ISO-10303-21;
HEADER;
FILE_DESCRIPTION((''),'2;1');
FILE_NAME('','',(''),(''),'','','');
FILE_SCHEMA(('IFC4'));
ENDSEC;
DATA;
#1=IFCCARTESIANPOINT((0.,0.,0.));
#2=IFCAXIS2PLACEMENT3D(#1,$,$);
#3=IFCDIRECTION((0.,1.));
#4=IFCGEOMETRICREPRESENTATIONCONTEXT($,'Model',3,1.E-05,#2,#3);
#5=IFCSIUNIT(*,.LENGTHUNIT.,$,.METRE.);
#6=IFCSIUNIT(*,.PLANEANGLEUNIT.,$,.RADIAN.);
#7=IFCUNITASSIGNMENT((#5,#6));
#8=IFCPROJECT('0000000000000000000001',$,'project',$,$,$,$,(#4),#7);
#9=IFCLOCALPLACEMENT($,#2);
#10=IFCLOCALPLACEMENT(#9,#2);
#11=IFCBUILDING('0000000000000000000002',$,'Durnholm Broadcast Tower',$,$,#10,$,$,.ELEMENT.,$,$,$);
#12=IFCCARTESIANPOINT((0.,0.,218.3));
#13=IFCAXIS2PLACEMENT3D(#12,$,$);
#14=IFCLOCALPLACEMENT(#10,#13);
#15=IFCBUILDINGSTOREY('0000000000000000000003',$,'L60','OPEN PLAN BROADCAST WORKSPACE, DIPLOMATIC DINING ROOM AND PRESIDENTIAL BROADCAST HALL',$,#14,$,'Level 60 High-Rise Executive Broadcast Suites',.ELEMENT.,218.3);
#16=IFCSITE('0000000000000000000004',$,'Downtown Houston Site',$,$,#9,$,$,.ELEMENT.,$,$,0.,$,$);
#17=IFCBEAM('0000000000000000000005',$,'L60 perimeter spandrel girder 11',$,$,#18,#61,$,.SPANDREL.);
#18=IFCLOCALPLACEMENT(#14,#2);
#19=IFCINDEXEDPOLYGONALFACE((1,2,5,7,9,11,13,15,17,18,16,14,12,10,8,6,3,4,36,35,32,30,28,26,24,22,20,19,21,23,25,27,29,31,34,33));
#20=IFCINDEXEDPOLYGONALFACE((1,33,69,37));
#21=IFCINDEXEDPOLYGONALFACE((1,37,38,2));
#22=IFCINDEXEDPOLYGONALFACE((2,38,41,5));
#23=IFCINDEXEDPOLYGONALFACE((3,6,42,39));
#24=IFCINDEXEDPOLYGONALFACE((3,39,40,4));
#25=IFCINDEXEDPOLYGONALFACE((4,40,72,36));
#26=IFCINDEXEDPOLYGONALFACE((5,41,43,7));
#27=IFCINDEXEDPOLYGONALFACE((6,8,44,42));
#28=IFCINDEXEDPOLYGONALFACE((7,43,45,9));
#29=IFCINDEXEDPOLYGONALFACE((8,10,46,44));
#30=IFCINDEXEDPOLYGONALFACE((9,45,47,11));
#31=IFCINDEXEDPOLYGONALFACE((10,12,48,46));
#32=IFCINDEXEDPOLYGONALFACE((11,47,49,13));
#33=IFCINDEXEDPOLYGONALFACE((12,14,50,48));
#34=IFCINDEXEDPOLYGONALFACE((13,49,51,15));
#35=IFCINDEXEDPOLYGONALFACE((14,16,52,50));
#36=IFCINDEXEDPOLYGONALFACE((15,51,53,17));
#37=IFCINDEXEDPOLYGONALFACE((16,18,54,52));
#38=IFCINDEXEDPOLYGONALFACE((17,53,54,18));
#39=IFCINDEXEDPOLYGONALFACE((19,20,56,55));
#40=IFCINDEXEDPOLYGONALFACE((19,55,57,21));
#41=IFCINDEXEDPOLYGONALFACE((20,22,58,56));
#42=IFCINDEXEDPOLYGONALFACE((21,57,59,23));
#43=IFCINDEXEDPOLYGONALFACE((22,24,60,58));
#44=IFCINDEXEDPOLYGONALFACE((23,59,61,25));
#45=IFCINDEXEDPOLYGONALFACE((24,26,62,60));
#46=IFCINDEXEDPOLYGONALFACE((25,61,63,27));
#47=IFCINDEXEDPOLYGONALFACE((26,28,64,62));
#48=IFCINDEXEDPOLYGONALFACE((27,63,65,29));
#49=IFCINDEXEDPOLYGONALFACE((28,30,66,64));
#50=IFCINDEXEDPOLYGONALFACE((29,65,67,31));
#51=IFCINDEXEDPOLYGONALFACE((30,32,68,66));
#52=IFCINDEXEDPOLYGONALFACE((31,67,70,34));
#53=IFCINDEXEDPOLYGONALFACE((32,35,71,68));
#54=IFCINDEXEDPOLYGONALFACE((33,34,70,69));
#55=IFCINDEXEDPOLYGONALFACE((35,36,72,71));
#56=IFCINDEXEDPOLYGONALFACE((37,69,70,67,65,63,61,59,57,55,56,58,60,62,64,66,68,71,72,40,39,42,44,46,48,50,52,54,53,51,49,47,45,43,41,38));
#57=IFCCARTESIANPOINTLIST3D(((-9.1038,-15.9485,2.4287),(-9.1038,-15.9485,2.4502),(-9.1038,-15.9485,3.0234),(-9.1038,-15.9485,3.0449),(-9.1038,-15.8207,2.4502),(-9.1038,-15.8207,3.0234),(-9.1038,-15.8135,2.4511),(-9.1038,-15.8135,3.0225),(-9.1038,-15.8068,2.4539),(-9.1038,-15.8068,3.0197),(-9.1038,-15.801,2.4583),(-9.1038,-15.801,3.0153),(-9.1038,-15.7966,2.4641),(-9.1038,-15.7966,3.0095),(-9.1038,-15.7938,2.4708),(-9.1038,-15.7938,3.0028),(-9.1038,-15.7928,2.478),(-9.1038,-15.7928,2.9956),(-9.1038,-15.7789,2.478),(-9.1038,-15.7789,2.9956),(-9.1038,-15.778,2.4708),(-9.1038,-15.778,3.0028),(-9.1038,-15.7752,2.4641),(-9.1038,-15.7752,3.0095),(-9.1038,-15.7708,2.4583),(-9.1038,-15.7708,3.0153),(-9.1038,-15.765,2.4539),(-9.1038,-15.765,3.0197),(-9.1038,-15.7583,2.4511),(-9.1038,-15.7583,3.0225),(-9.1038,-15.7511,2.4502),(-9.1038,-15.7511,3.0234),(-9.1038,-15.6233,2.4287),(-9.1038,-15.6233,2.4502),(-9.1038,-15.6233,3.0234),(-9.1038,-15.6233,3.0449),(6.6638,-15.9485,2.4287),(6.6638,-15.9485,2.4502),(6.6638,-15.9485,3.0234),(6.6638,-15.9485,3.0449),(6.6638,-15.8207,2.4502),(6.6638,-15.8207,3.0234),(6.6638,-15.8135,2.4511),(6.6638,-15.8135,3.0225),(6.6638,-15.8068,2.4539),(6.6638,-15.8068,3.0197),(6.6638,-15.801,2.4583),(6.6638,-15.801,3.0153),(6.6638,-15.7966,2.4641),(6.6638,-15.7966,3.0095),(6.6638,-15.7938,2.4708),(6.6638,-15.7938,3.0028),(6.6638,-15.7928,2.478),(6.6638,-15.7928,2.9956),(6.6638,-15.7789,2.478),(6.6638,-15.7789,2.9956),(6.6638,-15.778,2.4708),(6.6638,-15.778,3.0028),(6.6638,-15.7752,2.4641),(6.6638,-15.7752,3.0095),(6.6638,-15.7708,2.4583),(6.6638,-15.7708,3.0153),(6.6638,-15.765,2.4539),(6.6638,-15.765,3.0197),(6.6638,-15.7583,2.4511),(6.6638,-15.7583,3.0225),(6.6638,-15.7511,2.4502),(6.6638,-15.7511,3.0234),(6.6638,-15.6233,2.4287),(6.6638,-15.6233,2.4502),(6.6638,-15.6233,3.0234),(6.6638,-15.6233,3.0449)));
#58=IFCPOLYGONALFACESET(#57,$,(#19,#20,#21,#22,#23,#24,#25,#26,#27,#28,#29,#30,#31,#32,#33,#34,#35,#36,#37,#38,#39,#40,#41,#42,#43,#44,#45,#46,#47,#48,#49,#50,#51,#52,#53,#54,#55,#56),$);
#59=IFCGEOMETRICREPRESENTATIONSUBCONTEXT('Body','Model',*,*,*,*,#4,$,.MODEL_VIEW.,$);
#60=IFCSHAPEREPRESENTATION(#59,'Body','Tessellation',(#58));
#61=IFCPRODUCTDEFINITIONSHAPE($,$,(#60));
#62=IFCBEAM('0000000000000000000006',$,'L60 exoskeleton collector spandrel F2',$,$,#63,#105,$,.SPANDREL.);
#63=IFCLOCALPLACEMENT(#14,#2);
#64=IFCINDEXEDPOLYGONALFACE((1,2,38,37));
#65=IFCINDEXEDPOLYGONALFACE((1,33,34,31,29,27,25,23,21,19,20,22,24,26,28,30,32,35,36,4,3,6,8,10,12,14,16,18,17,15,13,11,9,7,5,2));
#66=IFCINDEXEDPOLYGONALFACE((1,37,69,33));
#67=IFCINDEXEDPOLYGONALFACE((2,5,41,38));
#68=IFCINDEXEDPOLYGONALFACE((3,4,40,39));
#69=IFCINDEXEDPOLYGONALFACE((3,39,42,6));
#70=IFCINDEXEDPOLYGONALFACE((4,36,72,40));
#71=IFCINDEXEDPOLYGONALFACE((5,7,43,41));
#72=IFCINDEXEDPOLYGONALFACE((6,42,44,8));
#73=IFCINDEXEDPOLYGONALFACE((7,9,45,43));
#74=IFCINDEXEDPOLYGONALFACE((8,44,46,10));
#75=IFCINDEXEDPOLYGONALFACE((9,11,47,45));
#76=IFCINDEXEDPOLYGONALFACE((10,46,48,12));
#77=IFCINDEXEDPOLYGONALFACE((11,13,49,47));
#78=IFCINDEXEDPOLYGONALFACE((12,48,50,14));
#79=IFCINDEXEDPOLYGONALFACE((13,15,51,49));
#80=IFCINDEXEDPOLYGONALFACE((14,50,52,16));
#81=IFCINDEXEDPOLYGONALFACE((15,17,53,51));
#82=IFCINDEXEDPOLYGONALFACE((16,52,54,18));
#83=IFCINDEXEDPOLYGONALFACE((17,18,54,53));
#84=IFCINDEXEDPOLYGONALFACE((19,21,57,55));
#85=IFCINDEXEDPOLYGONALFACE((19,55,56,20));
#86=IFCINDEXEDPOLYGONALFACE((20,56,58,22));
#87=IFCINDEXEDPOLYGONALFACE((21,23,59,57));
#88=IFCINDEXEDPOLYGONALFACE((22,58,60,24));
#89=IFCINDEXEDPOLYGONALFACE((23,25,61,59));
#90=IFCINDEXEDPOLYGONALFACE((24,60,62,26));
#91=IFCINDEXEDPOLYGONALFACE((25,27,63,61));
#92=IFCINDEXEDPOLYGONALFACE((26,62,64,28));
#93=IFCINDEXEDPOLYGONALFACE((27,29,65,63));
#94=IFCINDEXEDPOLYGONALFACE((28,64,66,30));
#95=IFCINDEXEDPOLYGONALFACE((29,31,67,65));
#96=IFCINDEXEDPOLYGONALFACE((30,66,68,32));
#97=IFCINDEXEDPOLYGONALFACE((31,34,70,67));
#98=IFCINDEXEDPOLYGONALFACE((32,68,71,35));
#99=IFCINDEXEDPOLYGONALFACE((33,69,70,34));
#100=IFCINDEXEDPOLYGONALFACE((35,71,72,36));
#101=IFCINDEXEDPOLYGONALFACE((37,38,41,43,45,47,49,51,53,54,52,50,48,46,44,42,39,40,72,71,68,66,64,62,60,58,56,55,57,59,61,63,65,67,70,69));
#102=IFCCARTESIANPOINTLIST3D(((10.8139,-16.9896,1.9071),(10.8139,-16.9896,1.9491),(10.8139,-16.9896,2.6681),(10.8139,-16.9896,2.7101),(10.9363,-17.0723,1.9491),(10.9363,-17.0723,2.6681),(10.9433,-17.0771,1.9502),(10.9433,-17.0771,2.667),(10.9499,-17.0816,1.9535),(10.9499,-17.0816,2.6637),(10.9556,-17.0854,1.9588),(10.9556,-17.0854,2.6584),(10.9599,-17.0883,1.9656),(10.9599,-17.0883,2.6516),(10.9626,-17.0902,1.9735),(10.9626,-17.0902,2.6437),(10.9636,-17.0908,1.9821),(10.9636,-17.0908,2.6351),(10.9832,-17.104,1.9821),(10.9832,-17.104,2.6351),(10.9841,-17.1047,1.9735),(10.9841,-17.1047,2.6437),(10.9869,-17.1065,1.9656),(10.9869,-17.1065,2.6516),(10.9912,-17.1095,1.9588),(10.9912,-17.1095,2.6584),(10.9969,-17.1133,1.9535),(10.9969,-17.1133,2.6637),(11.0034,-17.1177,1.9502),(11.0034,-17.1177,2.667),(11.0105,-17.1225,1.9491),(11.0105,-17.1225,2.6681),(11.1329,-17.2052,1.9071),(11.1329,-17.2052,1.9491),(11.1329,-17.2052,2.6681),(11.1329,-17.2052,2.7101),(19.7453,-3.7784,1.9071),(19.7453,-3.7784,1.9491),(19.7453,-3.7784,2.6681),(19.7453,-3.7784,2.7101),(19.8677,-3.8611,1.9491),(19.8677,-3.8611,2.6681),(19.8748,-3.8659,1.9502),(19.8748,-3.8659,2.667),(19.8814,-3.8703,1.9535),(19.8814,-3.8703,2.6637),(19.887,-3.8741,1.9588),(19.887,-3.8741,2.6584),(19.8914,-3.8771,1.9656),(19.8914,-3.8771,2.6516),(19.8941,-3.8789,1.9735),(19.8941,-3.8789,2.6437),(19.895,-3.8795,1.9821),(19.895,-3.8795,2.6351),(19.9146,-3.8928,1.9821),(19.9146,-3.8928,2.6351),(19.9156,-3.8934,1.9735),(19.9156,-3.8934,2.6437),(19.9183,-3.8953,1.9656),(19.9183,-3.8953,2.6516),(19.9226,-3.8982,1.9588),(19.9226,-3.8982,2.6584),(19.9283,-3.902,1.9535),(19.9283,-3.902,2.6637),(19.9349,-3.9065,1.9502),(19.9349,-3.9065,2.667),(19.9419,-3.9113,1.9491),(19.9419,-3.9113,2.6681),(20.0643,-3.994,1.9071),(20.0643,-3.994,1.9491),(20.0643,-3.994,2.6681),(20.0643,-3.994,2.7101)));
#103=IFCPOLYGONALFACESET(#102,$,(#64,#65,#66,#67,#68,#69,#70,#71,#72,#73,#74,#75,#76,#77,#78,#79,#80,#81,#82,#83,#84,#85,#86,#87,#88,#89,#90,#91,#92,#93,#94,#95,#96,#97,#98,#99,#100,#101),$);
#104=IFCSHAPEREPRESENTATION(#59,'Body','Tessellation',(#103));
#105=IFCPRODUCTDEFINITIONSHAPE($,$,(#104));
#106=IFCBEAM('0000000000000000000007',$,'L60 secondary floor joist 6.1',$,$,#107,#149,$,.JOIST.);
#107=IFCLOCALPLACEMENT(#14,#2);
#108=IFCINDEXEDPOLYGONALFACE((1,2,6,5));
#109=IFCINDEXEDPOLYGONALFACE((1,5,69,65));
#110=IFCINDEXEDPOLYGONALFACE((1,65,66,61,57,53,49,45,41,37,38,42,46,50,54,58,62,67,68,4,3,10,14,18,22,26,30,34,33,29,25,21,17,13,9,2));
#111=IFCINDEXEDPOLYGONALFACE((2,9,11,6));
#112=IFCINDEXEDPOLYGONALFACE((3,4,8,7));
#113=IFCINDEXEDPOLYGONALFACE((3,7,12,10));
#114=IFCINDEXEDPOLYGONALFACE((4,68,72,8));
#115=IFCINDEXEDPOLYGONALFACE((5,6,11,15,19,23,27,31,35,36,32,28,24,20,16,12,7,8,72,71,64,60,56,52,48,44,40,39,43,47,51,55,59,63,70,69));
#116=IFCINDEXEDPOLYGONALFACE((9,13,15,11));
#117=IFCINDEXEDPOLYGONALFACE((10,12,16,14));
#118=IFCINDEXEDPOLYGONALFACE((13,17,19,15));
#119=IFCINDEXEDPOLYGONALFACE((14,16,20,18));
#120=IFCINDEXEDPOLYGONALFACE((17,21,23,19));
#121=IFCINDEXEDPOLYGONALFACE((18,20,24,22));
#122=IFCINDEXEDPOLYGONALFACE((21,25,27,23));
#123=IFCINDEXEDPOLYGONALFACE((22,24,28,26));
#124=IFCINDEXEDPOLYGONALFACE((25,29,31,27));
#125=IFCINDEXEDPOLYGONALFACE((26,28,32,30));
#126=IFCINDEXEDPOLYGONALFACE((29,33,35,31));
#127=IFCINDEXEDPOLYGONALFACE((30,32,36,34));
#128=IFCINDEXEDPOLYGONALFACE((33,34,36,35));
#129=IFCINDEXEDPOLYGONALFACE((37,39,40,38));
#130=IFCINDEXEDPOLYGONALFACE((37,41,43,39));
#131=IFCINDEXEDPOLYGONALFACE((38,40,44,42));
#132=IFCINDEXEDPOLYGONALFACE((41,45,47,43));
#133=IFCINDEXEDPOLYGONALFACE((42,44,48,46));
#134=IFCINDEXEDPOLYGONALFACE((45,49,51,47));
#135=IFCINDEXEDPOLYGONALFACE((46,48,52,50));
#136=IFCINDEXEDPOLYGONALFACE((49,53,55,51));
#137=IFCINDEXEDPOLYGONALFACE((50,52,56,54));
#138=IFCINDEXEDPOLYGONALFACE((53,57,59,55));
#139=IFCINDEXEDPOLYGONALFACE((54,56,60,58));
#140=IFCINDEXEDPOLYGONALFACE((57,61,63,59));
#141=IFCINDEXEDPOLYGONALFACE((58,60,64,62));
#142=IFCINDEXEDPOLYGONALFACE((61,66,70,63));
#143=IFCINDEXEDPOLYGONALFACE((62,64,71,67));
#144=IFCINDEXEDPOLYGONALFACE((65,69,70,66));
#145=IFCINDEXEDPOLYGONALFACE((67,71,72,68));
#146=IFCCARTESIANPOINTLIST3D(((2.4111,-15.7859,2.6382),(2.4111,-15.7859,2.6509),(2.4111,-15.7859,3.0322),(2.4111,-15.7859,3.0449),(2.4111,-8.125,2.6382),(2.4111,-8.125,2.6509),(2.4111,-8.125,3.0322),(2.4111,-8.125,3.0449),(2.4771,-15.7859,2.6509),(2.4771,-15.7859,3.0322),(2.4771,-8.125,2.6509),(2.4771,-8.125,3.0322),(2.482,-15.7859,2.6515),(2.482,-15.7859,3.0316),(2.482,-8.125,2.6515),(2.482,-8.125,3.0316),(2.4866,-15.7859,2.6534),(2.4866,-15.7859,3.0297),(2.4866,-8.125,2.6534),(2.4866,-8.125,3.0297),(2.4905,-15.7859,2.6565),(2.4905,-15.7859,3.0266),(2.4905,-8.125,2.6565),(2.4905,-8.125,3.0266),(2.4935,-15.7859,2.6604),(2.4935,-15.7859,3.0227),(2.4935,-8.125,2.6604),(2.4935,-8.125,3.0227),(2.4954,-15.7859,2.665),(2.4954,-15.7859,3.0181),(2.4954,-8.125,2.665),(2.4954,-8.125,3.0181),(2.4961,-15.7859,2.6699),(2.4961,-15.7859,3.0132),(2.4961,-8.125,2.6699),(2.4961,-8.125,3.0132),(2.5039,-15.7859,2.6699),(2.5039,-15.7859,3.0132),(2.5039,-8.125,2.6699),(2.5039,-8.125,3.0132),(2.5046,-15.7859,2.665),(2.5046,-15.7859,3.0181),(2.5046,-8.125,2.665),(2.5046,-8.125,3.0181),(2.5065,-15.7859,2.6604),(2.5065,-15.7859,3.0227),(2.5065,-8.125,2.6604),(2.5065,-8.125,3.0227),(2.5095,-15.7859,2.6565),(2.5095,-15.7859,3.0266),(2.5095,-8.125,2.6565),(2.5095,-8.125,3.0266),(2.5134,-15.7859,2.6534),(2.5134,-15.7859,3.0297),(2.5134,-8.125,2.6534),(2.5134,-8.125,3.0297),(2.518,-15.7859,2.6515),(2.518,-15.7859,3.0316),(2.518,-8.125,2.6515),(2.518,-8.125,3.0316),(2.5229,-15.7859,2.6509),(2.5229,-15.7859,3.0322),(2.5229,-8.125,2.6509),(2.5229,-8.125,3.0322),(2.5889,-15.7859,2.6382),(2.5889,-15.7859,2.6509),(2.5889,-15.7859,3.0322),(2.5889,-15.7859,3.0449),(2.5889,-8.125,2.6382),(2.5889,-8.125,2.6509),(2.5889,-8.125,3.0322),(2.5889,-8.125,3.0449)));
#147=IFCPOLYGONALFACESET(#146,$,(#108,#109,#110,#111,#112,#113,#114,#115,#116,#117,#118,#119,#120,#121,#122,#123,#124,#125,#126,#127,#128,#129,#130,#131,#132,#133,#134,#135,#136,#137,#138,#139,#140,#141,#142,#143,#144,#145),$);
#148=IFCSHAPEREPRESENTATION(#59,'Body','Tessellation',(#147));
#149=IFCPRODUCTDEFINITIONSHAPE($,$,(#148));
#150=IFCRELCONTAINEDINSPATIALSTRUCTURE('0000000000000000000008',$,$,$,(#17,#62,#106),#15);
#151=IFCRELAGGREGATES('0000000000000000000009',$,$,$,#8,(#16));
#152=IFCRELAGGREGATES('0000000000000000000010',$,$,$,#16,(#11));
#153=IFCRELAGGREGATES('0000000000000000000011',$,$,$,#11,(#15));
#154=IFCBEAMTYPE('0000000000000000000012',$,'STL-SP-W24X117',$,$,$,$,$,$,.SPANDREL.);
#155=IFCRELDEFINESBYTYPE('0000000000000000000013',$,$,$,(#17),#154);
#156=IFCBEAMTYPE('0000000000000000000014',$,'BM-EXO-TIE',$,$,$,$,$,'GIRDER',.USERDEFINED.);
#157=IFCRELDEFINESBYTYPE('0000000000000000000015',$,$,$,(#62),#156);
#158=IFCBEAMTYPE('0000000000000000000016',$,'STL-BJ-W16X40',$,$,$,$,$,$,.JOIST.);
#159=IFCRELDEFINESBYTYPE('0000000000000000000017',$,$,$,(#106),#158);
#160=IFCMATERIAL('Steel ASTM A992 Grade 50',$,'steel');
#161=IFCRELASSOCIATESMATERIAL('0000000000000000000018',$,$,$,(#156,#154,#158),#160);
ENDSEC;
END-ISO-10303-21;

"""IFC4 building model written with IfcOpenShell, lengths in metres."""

from ifc_helpers import new_model, si_unit, direction, frame, origin, origin_2d, place, context, subcontext, project, spatial, i_section, extrude, source, transform, mapped, material, material_profile, profile_set, type_object, type_shapes, element, save


model = new_model("IFC4")

# Units and contexts
model_context = context("Model", 3, precision=1e-05, world=origin(), true_north=direction((0.0, 1.0)))
body_context = subcontext(model_context, "Body", "Model", "MODEL_VIEW")
ifc_project = project(units=[si_unit("LENGTHUNIT", "METRE"), si_unit("PLANEANGLEUNIT", "RADIAN")], contexts=[model_context])

# Site, building, storey
site_placement = place(None, origin())
site = spatial("IfcSite", under=ifc_project, at=site_placement, Name="Downtown Houston Site", CompositionType="ELEMENT", RefElevation=0.0)
building_placement = place(site_placement, origin())
building = spatial("IfcBuilding", under=site, at=building_placement, Name="Durnholm Broadcast Tower", CompositionType="ELEMENT")
storey_placement = place(building_placement, frame((0.0, 0.0, 218.3)))
storey = spatial("IfcBuildingStorey", under=building, at=storey_placement, Name="L60", Description="OPEN PLAN BROADCAST WORKSPACE, DIPLOMATIC DINING ROOM AND PRESIDENTIAL BROADCAST HALL", LongName="Level 60 High-Rise Executive Broadcast Suites", CompositionType="ELEMENT", Elevation=218.3)

# Beams
ifc_material_1 = material(Name="Steel ASTM A992 Grade 50", Category="steel")
ifc_material_profile_1 = material_profile(ifc_material_1, i_section(OverallWidth=0.385, OverallDepth=0.803, WebThickness=0.0237, FlangeThickness=0.042, FilletRadius=0.033, at=origin_2d()), Name="W30X261")
ifc_profile_set_1 = profile_set([ifc_material_profile_1], Name="Steel ASTM A992 Grade 50")
beam_type_1 = type_object("IfcBeamType", Name="BM-EXO-TIE", ElementType="GIRDER", PredefinedType="USERDEFINED", material=ifc_profile_set_1)
ifc_material_profile_2 = material_profile(ifc_material_1, i_section(OverallWidth=0.3252, OverallDepth=0.6162, WebThickness=0.0139, FlangeThickness=0.0215, FilletRadius=0.0278, at=origin_2d()), Name="W24X117")
ifc_profile_set_2 = profile_set([ifc_material_profile_2], Name="Steel ASTM A992 Grade 50")
beam_type_2 = type_object("IfcBeamType", Name="STL-SP-W24X117", PredefinedType="SPANDREL", material=ifc_profile_set_2)
shared_shape_1 = source(origin(), body_context, "Body", "SweptSolid", [
    extrude(i_section(OverallWidth=0.3252, OverallDepth=0.6162, WebThickness=0.0139, FlangeThickness=0.0215, FilletRadius=0.0278, at=origin_2d()), origin(), (0.0, 0.0, 1.0), 15.7676),
])
beam_1_placement = place(storey_placement, frame((6.6638, -15.7859, 2.7368), z_axis=(-1.0, 0.0, 0.0), x_axis=(0.0, -1.0, 0.0)))
element("IfcBeam", 1, at=beam_1_placement, inside=storey, type_object=beam_type_2, Name="L60 perimeter spandrel girder 11", PredefinedType="SPANDREL", context=body_context, shape_type="MappedRepresentation", body=[
    mapped(shared_shape_1, transform((0.0, 0.0, 0.0), x_axis=(1.0, 0.0, 0.0), y_axis=(0.0, 1.0, 0.0), z_axis=(0.0, 0.0, 1.0), scale=1.0)),
])
shared_shape_2 = source(origin(), body_context, "Body", "SweptSolid", [
    extrude(i_section(OverallWidth=0.385, OverallDepth=0.803, WebThickness=0.0237, FlangeThickness=0.042, FilletRadius=0.033, at=origin_2d()), origin(), (0.0, 0.0, 1.0), 15.947),
])
beam_2_placement = place(storey_placement, frame((10.9734, -17.0974, 2.3086), z_axis=(0.560069, 0.828446, 0.0), x_axis=(-0.828446, 0.560069, 0.0)))
element("IfcBeam", 2, at=beam_2_placement, inside=storey, type_object=beam_type_1, Name="L60 exoskeleton collector spandrel F2", PredefinedType="SPANDREL", context=body_context, shape_type="MappedRepresentation", body=[
    mapped(shared_shape_2, transform((0.0, 0.0, 0.0), x_axis=(1.0, 0.0, 0.0), y_axis=(0.0, 1.0, 0.0), z_axis=(0.0, 0.0, 1.0), scale=1.0)),
])
ifc_material_profile_3 = material_profile(ifc_material_1, i_section(OverallWidth=0.1777, OverallDepth=0.4067, WebThickness=0.0078, FlangeThickness=0.0127, FilletRadius=0.019, at=origin_2d()), Name="W16X40")
ifc_profile_set_3 = profile_set([ifc_material_profile_3], Name="Steel ASTM A992 Grade 50")
beam_type_3 = type_object("IfcBeamType", Name="STL-BJ-W16X40", PredefinedType="JOIST", material=ifc_profile_set_3)
shared_shape_3 = source(origin(), body_context, "Body", "SweptSolid", [
    extrude(i_section(OverallWidth=0.1777, OverallDepth=0.4067, WebThickness=0.0078, FlangeThickness=0.0127, FilletRadius=0.019, at=origin_2d()), origin(), (0.0, 0.0, 1.0), 7.6609),
])
type_shapes(beam_type_3, [shared_shape_3])
beam_3_placement = place(storey_placement, frame((2.5, -15.7859, 2.8416), z_axis=(0.0, 1.0, 0.0), x_axis=(-1.0, 0.0, 0.0)))
element("IfcBeam", 3, at=beam_3_placement, inside=storey, type_object=beam_type_3, Name="L60 secondary floor joist 6.1", PredefinedType="JOIST", context=body_context, shape_type="MappedRepresentation", body=[
    mapped(shared_shape_3, transform((0.0, 0.0, 0.0), x_axis=(1.0, 0.0, 0.0), y_axis=(0.0, 1.0, 0.0), z_axis=(0.0, 0.0, 1.0), scale=1.0)),
])

save(model, "model.ifc")
